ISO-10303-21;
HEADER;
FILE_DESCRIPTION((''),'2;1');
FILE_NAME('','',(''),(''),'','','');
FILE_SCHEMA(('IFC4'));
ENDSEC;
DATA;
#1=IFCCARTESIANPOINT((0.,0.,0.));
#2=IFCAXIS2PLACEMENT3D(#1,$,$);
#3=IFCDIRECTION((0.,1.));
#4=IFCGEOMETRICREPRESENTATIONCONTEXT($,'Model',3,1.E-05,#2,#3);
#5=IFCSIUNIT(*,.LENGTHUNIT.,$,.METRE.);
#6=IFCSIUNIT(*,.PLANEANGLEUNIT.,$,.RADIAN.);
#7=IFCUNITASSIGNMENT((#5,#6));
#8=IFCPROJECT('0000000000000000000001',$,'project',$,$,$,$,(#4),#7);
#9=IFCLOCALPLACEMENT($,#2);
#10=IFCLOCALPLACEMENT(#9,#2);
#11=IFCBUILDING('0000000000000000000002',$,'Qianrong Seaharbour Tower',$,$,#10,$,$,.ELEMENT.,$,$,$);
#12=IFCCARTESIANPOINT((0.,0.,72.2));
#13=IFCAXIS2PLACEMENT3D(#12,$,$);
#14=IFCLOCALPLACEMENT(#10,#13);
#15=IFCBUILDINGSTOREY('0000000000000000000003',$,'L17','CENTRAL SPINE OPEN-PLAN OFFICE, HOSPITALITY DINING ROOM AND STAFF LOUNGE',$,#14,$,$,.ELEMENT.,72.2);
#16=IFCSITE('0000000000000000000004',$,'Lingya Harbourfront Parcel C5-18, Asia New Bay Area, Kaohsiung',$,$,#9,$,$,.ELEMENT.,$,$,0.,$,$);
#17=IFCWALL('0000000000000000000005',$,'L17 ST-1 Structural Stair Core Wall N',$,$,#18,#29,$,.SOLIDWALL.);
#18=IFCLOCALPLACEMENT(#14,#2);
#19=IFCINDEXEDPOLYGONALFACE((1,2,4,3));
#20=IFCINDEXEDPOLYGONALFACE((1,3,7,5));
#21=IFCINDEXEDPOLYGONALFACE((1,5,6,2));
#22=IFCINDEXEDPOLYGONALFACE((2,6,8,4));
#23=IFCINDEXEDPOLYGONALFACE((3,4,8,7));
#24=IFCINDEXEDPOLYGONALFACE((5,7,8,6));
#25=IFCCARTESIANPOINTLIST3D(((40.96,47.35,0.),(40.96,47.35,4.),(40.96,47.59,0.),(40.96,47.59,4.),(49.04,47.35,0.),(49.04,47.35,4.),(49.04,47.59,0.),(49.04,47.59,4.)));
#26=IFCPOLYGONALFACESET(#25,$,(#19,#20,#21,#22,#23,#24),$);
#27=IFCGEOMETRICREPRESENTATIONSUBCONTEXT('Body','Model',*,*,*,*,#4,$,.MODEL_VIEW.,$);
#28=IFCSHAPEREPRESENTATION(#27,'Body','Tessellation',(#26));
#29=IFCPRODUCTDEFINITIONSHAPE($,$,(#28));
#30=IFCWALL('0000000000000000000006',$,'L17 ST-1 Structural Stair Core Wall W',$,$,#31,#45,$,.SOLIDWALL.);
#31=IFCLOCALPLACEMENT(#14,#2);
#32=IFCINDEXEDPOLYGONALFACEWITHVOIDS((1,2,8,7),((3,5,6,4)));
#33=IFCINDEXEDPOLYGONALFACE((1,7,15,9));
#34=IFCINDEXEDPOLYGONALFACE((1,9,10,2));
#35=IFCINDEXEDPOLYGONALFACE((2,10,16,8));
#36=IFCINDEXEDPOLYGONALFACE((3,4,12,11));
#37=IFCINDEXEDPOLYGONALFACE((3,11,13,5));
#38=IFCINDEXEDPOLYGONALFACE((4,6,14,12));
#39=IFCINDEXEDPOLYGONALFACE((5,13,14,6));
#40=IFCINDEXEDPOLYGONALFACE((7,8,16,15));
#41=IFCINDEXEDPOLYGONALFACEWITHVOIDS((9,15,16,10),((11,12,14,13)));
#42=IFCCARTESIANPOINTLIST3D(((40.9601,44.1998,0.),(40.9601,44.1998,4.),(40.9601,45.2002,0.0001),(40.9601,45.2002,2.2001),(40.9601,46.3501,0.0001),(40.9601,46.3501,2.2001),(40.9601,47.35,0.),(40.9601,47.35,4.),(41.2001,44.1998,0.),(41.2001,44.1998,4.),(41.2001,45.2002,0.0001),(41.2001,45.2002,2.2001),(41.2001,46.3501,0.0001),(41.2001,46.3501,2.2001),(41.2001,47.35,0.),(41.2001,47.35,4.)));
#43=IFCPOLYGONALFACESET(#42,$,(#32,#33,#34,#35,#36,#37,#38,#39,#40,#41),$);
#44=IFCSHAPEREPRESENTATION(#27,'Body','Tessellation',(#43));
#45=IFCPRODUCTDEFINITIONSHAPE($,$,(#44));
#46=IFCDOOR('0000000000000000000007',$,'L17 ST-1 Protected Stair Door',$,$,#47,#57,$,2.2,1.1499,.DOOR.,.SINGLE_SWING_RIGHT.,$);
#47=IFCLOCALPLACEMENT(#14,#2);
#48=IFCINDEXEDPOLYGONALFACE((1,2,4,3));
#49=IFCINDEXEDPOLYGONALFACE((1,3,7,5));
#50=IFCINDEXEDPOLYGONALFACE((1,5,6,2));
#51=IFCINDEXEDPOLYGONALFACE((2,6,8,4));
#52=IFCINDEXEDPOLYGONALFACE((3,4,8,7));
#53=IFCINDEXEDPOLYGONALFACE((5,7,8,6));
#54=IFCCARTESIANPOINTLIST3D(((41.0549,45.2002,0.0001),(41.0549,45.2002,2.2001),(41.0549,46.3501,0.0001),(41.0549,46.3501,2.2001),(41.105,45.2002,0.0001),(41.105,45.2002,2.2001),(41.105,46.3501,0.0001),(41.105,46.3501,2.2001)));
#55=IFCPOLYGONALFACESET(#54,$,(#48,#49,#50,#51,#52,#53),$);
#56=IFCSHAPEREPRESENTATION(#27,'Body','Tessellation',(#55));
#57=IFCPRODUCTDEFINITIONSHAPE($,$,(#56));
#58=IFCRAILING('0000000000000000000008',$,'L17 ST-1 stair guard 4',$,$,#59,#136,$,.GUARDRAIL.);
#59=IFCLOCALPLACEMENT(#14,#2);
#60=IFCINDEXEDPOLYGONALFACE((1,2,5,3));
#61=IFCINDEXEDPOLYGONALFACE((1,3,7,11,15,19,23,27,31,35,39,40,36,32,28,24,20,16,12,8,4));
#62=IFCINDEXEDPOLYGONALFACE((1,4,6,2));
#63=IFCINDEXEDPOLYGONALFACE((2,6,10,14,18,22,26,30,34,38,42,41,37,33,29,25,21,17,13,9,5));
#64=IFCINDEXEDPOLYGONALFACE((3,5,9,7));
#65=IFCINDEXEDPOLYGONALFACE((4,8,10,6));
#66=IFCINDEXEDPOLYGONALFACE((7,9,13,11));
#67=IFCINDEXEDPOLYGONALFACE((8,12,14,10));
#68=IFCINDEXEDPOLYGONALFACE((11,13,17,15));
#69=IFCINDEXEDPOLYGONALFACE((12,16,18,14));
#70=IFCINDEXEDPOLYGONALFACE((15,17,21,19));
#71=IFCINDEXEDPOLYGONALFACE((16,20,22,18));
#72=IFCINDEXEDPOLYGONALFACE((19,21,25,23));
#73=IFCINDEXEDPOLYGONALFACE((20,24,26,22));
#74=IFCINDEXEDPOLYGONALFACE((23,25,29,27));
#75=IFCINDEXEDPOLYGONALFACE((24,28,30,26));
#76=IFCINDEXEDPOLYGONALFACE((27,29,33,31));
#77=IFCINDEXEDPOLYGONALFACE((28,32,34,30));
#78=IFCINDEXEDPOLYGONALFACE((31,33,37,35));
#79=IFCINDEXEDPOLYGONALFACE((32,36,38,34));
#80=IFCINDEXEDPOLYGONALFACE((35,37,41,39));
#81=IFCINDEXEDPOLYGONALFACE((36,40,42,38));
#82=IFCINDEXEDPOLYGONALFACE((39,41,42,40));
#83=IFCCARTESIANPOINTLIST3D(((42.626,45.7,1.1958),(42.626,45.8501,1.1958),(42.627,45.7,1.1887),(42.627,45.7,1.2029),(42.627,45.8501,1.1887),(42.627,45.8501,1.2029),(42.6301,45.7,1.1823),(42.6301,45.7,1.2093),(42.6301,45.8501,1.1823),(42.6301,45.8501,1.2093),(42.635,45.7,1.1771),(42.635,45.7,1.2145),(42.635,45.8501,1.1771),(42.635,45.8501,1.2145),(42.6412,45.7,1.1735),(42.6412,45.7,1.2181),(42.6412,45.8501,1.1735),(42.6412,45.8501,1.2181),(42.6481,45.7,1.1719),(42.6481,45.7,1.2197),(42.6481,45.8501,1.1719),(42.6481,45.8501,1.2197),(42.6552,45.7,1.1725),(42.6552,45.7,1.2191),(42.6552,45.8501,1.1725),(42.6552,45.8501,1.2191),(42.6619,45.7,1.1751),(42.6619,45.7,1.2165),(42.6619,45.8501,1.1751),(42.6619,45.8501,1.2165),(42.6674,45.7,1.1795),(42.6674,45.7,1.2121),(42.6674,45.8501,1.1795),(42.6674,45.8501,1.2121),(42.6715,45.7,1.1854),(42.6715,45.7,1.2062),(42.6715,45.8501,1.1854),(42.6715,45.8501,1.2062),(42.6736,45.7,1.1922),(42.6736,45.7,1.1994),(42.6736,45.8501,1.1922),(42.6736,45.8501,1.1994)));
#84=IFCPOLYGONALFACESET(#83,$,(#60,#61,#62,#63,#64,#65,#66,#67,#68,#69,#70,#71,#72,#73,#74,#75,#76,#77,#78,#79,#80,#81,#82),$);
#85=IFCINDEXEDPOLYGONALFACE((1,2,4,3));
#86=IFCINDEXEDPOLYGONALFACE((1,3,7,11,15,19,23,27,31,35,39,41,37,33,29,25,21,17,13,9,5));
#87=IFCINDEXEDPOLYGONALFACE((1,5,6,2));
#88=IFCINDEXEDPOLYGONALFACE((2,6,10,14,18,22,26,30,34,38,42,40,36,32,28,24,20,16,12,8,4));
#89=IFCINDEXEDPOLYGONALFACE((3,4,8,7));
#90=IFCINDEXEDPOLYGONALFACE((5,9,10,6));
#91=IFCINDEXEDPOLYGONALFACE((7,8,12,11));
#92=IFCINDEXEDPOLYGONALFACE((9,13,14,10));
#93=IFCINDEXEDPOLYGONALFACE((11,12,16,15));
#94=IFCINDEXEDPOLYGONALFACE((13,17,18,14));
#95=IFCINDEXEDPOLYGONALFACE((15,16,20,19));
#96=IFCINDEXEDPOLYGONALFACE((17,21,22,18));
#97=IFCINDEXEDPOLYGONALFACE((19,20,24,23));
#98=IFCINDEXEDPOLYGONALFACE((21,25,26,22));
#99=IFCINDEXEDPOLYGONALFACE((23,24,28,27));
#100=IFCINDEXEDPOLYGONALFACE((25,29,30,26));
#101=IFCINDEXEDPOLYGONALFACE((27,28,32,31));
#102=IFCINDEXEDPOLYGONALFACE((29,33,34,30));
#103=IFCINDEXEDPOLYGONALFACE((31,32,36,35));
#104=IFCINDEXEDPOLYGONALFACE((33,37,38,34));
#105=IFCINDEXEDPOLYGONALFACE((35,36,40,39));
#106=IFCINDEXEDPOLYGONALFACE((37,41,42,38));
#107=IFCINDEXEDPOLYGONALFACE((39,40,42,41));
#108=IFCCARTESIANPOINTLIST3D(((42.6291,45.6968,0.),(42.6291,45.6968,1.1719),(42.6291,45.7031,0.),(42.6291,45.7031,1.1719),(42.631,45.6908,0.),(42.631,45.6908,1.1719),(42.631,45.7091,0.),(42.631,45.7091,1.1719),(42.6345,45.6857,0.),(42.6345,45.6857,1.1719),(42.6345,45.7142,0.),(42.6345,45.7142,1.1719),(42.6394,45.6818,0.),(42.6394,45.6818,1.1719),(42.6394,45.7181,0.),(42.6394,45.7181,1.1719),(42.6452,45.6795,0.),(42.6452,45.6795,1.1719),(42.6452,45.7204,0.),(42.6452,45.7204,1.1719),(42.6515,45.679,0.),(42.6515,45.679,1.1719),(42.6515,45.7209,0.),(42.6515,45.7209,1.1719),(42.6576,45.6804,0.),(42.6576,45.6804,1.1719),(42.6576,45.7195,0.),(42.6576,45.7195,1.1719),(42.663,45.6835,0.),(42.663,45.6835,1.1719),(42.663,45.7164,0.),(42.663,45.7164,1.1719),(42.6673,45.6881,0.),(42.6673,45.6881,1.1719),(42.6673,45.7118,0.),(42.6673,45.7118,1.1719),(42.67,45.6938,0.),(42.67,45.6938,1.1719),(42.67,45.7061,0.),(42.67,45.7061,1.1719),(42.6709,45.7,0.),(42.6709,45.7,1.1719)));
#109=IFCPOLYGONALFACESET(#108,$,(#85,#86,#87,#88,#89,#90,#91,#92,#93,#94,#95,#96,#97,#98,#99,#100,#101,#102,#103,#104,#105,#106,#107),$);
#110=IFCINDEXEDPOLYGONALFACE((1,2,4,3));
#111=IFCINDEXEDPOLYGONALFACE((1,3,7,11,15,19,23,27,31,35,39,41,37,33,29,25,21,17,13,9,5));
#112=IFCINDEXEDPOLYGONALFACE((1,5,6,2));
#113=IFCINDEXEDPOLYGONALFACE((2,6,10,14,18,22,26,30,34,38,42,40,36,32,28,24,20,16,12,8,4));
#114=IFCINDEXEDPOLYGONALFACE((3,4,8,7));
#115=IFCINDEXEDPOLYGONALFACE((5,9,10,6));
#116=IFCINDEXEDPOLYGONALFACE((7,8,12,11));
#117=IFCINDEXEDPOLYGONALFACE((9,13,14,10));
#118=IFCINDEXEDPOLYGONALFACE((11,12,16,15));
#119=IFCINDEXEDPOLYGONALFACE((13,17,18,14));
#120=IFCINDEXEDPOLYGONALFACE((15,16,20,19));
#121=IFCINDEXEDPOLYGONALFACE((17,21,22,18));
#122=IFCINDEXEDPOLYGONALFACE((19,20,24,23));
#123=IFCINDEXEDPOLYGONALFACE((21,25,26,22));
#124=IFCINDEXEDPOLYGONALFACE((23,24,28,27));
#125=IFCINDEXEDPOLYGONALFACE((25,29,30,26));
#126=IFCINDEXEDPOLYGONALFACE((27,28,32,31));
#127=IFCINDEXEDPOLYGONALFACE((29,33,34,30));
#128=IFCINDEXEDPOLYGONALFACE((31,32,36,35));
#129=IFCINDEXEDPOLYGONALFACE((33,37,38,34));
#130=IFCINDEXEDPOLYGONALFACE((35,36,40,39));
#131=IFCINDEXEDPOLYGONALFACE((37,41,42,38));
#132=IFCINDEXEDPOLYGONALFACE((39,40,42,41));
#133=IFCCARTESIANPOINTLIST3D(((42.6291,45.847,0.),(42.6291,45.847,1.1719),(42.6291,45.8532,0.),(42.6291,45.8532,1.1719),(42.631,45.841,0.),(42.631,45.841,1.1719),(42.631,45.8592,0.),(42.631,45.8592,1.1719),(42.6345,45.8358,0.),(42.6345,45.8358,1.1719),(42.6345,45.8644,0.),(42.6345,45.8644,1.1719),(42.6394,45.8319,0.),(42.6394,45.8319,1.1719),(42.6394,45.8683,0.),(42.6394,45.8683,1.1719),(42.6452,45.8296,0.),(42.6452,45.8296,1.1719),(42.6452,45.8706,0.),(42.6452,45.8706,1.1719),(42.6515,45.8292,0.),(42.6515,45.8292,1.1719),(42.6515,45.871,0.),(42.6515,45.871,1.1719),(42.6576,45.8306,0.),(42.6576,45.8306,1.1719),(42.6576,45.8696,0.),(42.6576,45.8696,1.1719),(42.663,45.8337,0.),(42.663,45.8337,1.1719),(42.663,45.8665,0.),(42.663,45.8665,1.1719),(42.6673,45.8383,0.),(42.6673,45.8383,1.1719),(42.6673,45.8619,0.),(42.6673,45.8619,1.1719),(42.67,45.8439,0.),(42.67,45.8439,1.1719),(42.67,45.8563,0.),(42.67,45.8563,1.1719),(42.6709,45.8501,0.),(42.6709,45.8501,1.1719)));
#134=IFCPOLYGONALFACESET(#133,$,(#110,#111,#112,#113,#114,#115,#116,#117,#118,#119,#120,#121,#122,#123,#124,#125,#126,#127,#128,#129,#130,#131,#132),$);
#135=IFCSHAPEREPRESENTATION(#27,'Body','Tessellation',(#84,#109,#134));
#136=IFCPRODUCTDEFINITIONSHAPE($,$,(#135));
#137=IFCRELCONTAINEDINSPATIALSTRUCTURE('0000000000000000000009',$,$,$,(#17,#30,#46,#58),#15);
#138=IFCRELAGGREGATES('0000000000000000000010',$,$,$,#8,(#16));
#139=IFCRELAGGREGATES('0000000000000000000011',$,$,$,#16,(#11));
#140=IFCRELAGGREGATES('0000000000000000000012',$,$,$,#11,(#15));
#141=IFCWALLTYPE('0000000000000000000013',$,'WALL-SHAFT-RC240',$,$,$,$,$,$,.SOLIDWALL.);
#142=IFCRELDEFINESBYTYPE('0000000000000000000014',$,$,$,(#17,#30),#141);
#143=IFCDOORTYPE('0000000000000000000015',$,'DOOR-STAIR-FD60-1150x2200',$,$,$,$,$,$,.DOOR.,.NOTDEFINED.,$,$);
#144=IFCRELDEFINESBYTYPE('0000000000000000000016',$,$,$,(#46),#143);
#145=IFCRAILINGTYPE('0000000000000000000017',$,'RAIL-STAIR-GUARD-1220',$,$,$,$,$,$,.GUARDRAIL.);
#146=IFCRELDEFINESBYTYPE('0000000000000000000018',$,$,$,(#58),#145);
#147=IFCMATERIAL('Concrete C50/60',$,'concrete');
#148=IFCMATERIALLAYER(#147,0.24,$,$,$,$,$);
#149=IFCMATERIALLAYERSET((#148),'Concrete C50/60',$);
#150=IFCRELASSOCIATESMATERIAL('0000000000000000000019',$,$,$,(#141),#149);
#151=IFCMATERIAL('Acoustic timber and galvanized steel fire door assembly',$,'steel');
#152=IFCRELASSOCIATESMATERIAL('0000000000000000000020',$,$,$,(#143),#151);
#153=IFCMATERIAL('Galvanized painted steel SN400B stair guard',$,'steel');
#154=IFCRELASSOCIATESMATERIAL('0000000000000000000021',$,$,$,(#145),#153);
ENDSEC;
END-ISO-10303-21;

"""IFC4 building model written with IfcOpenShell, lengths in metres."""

from ifc_helpers import new_model, si_unit, direction, frame, frame_2d, origin, origin_2d, place, context, subcontext, project, spatial, rectangle, circle, extrude, material, layer, layer_set, type_object, element, fill, save


model = new_model("IFC4")

# Units and contexts
model_context = context("Model", 3, precision=1e-05, world=origin(), true_north=direction((0.0, 1.0)))
body_context = subcontext(model_context, "Body", "Model", "MODEL_VIEW")
ifc_project = project(units=[si_unit("LENGTHUNIT", "METRE"), si_unit("PLANEANGLEUNIT", "RADIAN")], contexts=[model_context])

# Site, building, storey
site_placement = place(None, origin())
site = spatial("IfcSite", under=ifc_project, at=site_placement, Name="Lingya Harbourfront Parcel C5-18, Asia New Bay Area, Kaohsiung", CompositionType="ELEMENT", RefElevation=0.0)
building_placement = place(site_placement, origin())
building = spatial("IfcBuilding", under=site, at=building_placement, Name="Qianrong Seaharbour Tower", CompositionType="ELEMENT")
storey_placement = place(building_placement, frame((0.0, 0.0, 72.2)))
storey = spatial("IfcBuildingStorey", under=building, at=storey_placement, Name="L17", Description="CENTRAL SPINE OPEN-PLAN OFFICE, HOSPITALITY DINING ROOM AND STAFF LOUNGE", CompositionType="ELEMENT", Elevation=72.2)

# Shared definitions
ifc_material_1 = material(Name="Acoustic timber and galvanized steel fire door assembly", Category="steel")

# Wall
ifc_material_2 = material(Name="Concrete C50/60", Category="concrete")
ifc_layer_1 = layer(ifc_material_2, 0.24)
ifc_layer_set_1 = layer_set([ifc_layer_1], Name="Concrete C50/60")
wall_type_1 = type_object("IfcWallType", Name="WALL-SHAFT-RC240", PredefinedType="SOLIDWALL", material=ifc_layer_set_1)
wall_1_placement = place(storey_placement, frame((40.96, 47.47, 0.0), z_axis=(0.0, 0.0, 1.0), x_axis=(1.0, 0.0, 0.0)))
element("IfcWall", 1, at=wall_1_placement, inside=storey, type_object=wall_type_1, Name="L17 ST-1 Structural Stair Core Wall N", PredefinedType="SOLIDWALL", context=body_context, shape_type="SweptSolid", body=[
    extrude(rectangle(XDim=8.0801, YDim=0.24, at=frame_2d((4.04, 0.0))), origin(), (0.0, 0.0, 1.0), 4.0),
])

# Wall, opening, door
wall_2_placement = place(storey_placement, frame((41.0801, 47.3501, 0.0), z_axis=(0.0, 0.0, 1.0), x_axis=(0.0, -1.0, 0.0)))
wall_2 = element("IfcWall", 2, at=wall_2_placement, inside=storey, type_object=wall_type_1, Name="L17 ST-1 Structural Stair Core Wall W", PredefinedType="SOLIDWALL", context=body_context, shape_type="SweptSolid", body=[
    extrude(rectangle(XDim=3.1501, YDim=0.24, at=frame_2d((1.5752, 0.0))), origin(), (0.0, 0.0, 1.0), 4.0),
])
opening_1_placement = place(wall_2_placement, frame((1.0, 0.0, 0.0)))
opening_1 = element("IfcOpeningElement", 3, at=opening_1_placement, cuts=wall_2, PredefinedType="OPENING", context=body_context, shape_type="SweptSolid", body=[
    extrude(rectangle(XDim=1.1499, YDim=2.2, at=frame_2d((0.575, 1.1001))), frame((0.0, 0.1299, 0.0), z_axis=(0.0, -1.0, 0.0), x_axis=(1.0, 0.0, 0.0)), (0.0, 0.0, 1.0), 0.26),
])
door_type_1 = type_object("IfcDoorType", Name="DOOR-STAIR-FD60-1150x2200", OperationType="NOTDEFINED", PredefinedType="DOOR", material=ifc_material_1)
door_1_placement = place(opening_1_placement, origin())
door_1 = element("IfcDoor", 4, at=door_1_placement, inside=storey, type_object=door_type_1, Name="L17 ST-1 Protected Stair Door", OperationType="SINGLE_SWING_RIGHT", OverallHeight=2.2, OverallWidth=1.1499, PredefinedType="DOOR", context=body_context, shape_type="SweptSolid", body=[
    extrude(rectangle(XDim=1.1499, YDim=2.2, at=frame_2d((0.575, 1.1001))), frame((0.0, 0.0249, 0.0), z_axis=(0.0, -1.0, 0.0), x_axis=(1.0, 0.0, 0.0)), (0.0, 0.0, 1.0), 0.05),
])
fill(opening_1, door_1)

# Railing
ifc_material_3 = material(Name="Galvanized painted steel SN400B stair guard", Category="steel")
railing_type = type_object("IfcRailingType", Name="RAIL-STAIR-GUARD-1220", PredefinedType="GUARDRAIL", material=ifc_material_3)
railing_placement = place(storey_placement, frame((42.6499, 45.7, 0.0)))
element("IfcRailing", 5, at=railing_placement, inside=storey, type_object=railing_type, Name="L17 ST-1 stair guard 4", PredefinedType="GUARDRAIL", context=body_context, shape_type="SweptSolid", body=[
    extrude(circle(Radius=0.0239, at=origin_2d()), frame((0.0, 0.0, 1.1958), z_axis=(0.0, 1.0, 0.0), x_axis=(-1.0, 0.0, 0.0)), (0.0, 0.0, 1.0), 0.1501),
    extrude(circle(Radius=0.021, at=origin_2d()), origin(), (0.0, 0.0, 1.0), 1.1719),
    extrude(circle(Radius=0.021, at=origin_2d()), frame((0.0, 0.1501, 0.0)), (0.0, 0.0, 1.0), 1.1719),
])

save(model, "model.ifc")
